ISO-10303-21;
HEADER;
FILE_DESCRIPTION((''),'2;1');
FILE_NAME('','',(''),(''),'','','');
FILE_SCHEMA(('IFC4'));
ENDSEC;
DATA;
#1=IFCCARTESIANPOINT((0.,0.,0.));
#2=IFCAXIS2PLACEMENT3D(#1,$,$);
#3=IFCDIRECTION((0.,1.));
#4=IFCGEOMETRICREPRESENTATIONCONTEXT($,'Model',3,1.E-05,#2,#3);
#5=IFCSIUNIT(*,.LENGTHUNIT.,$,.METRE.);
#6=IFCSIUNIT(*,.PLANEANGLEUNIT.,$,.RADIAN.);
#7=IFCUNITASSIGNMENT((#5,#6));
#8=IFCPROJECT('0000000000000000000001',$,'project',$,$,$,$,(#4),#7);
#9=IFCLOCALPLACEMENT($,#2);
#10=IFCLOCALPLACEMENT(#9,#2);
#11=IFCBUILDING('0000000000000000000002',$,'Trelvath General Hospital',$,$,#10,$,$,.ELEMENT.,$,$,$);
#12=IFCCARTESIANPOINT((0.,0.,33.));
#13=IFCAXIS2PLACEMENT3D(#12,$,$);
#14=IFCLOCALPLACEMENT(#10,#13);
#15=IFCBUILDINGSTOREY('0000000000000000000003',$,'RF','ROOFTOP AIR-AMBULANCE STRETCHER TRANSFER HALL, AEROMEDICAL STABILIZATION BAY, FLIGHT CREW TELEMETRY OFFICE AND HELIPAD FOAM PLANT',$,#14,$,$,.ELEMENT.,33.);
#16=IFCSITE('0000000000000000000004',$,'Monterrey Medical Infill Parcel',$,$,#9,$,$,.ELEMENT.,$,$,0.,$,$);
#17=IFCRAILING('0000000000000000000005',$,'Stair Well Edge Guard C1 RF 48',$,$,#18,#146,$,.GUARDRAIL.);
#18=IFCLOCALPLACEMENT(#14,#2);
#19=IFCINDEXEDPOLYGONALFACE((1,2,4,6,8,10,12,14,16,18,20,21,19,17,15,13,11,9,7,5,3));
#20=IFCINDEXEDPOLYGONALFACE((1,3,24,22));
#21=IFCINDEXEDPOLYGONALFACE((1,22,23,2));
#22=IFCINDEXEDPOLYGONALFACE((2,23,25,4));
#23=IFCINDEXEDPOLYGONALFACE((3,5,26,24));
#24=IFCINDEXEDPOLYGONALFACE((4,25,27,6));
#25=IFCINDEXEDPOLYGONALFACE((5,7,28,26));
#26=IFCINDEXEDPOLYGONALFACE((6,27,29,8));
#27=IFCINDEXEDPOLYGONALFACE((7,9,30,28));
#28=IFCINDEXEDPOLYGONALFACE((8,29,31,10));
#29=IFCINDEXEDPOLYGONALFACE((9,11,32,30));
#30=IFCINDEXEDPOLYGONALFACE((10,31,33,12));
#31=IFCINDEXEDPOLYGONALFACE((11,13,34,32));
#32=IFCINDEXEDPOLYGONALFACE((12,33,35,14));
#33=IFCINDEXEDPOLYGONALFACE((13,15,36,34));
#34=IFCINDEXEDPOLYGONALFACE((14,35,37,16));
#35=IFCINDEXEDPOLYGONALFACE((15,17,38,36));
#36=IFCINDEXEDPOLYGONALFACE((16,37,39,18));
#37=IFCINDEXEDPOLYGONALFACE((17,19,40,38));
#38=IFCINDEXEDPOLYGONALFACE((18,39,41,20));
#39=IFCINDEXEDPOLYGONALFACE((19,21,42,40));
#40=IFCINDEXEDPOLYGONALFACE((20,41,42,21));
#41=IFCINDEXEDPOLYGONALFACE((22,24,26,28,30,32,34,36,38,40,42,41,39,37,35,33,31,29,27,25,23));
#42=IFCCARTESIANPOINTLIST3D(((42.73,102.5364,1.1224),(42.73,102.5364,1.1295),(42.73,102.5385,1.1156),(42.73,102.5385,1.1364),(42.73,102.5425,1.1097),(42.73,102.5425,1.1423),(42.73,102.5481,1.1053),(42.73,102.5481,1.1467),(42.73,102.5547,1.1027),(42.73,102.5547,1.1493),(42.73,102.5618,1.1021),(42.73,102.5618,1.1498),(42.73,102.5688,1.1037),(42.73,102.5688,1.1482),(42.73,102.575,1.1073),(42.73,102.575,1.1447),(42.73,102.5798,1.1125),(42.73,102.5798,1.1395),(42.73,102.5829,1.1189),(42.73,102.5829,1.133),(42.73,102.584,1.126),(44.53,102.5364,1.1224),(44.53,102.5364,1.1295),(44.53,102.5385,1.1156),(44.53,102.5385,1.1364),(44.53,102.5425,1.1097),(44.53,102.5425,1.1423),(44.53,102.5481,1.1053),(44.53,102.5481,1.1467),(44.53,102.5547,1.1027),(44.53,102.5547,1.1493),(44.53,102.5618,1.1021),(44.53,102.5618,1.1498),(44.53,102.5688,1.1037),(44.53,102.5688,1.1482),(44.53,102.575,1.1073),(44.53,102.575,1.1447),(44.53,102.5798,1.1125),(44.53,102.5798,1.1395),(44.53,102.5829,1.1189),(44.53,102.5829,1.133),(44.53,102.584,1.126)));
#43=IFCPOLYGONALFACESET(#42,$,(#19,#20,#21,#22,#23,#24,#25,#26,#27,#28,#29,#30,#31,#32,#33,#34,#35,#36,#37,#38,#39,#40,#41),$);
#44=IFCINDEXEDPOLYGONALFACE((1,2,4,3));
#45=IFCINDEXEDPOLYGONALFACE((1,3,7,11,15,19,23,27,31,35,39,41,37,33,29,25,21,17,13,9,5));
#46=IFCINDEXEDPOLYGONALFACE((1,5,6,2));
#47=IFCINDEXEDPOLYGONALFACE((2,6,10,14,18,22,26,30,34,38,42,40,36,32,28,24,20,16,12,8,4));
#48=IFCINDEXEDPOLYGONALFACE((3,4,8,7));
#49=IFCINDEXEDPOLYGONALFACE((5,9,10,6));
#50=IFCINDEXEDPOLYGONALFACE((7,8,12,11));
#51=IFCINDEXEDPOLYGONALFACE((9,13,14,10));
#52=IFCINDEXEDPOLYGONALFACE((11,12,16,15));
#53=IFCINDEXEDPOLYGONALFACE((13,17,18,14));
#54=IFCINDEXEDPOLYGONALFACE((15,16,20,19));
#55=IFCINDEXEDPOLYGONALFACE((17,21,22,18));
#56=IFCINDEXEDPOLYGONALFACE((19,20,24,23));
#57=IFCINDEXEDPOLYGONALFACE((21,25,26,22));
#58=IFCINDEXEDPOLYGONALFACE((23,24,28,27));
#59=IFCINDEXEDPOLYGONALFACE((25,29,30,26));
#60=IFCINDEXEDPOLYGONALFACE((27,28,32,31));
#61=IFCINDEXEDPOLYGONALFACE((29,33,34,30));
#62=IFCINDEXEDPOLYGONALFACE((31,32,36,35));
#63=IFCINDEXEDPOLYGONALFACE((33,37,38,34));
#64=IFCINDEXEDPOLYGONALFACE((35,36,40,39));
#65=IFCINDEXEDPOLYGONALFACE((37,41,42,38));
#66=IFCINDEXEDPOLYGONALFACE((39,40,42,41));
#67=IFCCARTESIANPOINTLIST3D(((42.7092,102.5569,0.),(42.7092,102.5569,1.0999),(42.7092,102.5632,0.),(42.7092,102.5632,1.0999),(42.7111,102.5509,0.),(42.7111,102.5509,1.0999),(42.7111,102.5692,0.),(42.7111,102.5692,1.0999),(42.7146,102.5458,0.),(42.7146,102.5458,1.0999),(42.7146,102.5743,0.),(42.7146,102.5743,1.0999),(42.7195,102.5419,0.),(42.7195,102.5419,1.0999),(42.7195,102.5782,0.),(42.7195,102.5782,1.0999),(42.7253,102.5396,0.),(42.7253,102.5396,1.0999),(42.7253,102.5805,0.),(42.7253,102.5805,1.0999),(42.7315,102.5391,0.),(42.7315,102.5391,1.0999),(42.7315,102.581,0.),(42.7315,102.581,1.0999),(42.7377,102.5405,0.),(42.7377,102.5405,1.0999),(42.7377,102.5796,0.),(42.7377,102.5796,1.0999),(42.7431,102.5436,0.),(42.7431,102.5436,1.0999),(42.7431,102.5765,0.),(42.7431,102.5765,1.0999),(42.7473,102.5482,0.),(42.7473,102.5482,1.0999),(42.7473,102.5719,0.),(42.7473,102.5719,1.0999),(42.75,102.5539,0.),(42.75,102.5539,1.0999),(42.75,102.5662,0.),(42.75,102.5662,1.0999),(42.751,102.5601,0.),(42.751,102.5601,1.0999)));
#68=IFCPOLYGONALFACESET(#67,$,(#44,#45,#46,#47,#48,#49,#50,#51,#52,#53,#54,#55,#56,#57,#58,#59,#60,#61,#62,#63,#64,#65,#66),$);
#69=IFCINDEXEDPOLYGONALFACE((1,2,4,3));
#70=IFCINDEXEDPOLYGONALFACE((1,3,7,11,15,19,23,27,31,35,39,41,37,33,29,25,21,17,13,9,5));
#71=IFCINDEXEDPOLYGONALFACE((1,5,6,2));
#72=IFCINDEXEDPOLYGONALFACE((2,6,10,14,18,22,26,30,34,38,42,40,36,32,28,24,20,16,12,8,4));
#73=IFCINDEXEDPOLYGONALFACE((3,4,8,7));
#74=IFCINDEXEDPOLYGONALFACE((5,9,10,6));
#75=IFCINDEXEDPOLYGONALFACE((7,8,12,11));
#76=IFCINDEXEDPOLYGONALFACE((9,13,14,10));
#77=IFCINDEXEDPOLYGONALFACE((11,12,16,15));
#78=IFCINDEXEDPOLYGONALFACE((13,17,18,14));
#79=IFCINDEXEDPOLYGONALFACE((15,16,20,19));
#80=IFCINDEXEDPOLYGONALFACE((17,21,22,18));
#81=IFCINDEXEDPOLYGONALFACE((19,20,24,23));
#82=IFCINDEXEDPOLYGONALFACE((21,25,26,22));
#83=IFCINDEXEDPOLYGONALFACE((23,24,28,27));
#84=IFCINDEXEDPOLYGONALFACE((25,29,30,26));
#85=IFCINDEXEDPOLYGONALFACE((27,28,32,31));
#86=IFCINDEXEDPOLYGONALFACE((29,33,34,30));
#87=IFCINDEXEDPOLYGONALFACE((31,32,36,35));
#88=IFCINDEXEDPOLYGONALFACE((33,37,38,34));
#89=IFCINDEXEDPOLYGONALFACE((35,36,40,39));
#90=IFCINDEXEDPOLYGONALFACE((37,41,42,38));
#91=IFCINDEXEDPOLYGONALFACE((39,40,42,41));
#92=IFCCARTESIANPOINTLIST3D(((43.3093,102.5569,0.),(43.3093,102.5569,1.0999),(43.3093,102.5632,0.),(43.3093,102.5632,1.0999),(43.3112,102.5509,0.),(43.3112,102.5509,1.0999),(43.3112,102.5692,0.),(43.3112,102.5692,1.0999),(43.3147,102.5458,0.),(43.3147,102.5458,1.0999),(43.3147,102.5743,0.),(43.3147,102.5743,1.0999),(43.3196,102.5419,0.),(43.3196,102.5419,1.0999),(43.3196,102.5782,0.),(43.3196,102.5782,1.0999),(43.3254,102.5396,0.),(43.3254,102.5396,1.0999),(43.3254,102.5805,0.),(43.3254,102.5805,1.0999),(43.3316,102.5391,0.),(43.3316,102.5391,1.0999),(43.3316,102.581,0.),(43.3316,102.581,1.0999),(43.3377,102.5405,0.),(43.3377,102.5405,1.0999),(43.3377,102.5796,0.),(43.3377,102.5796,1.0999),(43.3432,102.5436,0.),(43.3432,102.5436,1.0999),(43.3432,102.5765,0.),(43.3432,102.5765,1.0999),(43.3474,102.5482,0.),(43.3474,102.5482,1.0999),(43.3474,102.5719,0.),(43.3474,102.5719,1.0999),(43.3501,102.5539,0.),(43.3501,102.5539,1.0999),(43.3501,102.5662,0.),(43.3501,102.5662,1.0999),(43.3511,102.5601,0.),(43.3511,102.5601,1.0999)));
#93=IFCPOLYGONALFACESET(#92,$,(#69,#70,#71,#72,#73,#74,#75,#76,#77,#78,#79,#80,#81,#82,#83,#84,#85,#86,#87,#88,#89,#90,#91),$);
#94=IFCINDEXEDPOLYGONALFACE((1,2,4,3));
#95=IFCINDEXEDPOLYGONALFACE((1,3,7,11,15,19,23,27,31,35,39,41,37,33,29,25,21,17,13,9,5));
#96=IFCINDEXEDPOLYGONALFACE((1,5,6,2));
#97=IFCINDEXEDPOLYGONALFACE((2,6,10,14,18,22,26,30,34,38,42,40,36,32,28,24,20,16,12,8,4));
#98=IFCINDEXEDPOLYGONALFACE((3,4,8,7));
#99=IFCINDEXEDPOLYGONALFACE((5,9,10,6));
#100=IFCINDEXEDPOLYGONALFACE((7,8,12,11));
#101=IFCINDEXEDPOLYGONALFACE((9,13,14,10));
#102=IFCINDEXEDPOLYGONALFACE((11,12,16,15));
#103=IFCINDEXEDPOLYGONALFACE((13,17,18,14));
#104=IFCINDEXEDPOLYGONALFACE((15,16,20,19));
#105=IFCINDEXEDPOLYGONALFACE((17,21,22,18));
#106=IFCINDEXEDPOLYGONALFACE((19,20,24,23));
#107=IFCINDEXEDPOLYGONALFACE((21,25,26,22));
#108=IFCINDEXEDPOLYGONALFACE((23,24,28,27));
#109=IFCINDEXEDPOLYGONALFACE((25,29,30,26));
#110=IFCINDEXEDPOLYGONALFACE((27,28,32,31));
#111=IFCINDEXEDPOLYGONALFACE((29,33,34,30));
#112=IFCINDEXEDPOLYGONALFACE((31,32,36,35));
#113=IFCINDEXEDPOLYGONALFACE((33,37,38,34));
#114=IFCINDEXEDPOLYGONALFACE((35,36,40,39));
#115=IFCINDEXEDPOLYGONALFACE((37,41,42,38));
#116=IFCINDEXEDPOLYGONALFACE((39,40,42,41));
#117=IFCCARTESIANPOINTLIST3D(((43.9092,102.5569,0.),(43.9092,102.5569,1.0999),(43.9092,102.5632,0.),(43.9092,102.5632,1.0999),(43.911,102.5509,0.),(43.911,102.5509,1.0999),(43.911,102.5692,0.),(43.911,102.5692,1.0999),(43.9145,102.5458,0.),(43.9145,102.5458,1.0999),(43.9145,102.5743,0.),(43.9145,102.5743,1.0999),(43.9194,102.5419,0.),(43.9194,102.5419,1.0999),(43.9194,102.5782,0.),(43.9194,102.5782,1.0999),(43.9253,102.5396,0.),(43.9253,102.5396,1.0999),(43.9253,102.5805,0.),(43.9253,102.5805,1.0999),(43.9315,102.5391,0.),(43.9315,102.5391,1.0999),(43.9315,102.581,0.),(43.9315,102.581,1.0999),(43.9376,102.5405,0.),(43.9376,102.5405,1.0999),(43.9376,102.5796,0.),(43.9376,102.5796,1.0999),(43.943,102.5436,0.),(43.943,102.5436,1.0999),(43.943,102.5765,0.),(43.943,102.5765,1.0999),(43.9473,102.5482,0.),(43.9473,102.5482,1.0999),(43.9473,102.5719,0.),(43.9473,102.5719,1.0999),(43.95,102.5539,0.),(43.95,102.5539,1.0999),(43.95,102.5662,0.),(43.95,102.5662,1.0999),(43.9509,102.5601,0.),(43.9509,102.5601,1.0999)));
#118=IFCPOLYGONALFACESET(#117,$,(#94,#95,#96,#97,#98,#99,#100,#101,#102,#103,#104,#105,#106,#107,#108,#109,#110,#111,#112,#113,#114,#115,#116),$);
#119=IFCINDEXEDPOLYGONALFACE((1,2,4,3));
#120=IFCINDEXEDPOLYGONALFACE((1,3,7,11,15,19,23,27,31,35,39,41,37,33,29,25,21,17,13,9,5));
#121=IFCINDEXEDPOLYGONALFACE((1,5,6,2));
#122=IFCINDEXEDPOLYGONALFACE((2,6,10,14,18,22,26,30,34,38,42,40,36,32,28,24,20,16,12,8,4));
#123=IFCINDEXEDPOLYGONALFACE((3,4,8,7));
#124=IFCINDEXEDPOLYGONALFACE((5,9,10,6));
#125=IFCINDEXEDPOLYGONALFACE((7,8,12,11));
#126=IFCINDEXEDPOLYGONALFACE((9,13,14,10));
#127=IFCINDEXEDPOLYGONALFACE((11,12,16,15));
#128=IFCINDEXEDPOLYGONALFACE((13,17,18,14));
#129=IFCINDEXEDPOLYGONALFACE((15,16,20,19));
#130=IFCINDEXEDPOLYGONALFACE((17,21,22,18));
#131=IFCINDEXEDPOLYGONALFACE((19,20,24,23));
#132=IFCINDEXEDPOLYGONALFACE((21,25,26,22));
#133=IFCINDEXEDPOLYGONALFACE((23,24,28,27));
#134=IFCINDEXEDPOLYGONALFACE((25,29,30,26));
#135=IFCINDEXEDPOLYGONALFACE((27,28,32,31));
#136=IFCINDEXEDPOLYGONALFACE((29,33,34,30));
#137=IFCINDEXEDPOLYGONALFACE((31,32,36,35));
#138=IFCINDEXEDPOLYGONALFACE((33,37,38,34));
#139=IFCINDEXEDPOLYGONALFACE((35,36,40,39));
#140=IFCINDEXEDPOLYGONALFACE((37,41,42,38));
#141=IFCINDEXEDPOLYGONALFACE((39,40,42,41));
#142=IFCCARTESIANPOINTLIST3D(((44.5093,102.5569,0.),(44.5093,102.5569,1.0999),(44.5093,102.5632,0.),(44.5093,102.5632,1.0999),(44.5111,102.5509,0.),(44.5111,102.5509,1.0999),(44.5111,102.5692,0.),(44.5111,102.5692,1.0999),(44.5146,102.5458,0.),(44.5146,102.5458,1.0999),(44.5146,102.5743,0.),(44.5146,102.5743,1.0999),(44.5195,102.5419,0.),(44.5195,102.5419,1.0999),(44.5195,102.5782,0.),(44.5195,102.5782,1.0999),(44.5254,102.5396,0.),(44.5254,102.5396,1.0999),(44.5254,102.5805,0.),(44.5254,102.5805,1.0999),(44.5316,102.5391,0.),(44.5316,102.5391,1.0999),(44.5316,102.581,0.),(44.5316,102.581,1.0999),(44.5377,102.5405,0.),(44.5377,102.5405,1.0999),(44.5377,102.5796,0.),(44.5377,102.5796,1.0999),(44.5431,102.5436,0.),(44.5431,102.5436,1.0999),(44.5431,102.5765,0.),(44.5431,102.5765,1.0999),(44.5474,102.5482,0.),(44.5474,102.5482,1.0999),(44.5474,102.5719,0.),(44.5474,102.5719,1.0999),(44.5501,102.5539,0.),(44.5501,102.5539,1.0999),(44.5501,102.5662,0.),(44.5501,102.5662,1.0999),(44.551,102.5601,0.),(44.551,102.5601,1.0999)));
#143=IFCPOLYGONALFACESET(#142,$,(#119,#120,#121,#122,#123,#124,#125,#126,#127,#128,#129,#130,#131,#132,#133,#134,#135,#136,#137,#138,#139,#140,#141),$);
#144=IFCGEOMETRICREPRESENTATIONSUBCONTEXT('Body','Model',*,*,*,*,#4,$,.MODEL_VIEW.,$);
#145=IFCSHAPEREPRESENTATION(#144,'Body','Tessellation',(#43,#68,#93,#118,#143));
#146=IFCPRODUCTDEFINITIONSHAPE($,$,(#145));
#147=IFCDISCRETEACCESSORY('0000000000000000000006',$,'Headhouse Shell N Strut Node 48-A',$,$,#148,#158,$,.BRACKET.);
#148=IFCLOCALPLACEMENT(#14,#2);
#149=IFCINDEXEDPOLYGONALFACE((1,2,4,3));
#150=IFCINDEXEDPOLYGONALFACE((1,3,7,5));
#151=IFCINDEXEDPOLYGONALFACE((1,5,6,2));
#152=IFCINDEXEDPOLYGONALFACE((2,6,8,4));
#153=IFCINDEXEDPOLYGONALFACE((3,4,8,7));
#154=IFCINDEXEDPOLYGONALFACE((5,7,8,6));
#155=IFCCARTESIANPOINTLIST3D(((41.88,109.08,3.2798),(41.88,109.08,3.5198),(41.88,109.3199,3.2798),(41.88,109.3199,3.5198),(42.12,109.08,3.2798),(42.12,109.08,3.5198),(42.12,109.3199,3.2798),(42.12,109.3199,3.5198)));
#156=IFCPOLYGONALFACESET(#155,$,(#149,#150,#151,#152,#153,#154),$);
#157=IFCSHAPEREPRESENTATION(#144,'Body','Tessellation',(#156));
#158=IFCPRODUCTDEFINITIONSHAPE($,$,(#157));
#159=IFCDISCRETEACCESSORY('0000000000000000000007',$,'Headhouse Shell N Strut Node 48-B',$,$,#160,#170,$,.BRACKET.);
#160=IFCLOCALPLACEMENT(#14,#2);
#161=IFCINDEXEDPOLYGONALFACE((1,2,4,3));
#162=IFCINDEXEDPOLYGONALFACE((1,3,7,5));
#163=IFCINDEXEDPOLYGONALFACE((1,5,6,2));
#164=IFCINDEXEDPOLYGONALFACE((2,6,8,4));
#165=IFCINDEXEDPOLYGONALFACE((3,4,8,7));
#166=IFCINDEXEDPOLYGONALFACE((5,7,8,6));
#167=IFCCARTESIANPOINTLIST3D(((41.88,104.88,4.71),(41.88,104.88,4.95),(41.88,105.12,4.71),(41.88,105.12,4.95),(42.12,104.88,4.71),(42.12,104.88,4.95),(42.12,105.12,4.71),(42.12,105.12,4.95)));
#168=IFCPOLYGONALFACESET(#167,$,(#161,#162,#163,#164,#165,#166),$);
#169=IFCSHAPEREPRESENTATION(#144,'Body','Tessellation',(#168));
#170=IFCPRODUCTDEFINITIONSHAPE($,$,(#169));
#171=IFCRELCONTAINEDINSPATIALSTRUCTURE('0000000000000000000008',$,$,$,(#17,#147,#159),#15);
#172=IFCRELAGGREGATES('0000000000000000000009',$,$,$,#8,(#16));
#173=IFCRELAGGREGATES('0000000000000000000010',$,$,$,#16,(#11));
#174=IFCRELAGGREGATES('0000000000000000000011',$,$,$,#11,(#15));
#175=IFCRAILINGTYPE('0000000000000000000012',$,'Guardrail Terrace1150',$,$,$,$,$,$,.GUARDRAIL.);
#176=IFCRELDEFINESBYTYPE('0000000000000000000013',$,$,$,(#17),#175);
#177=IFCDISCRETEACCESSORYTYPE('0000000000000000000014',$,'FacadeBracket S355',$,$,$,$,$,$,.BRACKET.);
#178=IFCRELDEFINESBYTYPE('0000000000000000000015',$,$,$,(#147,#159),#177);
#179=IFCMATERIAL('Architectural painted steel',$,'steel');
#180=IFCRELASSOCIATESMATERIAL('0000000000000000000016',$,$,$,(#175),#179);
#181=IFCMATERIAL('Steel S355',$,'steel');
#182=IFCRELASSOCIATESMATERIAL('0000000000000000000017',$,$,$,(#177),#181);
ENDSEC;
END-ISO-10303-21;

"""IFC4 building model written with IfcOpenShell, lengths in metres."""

from ifc_helpers import new_model, si_unit, direction, frame, origin, origin_2d, place, context, subcontext, project, spatial, rectangle, circle, extrude, material, type_object, element, save


model = new_model("IFC4")

# Units and contexts
model_context = context("Model", 3, precision=1e-05, world=origin(), true_north=direction((0.0, 1.0)))
body_context = subcontext(model_context, "Body", "Model", "MODEL_VIEW")
ifc_project = project(units=[si_unit("LENGTHUNIT", "METRE"), si_unit("PLANEANGLEUNIT", "RADIAN")], contexts=[model_context])

# Site, building, storey
site_placement = place(None, origin())
site = spatial("IfcSite", under=ifc_project, at=site_placement, Name="Monterrey Medical Infill Parcel", CompositionType="ELEMENT", RefElevation=0.0)
building_placement = place(site_placement, origin())
building = spatial("IfcBuilding", under=site, at=building_placement, Name="Trelvath General Hospital", CompositionType="ELEMENT")
storey_placement = place(building_placement, frame((0.0, 0.0, 33.0)))
storey = spatial("IfcBuildingStorey", under=building, at=storey_placement, Name="RF", Description="ROOFTOP AIR-AMBULANCE STRETCHER TRANSFER HALL, AEROMEDICAL STABILIZATION BAY, FLIGHT CREW TELEMETRY OFFICE AND HELIPAD FOAM PLANT", CompositionType="ELEMENT", Elevation=33.0)

# Railing
ifc_material_1 = material(Name="Architectural painted steel", Category="steel")
railing_type = type_object("IfcRailingType", Name="Guardrail Terrace1150", PredefinedType="GUARDRAIL", material=ifc_material_1)
railing_placement = place(storey_placement, frame((42.73, 102.5601, 0.0)))
element("IfcRailing", 1, at=railing_placement, inside=storey, type_object=railing_type, Name="Stair Well Edge Guard C1 RF 48", PredefinedType="GUARDRAIL", context=body_context, shape_type="SweptSolid", body=[
    extrude(circle(Radius=0.0239, at=origin_2d()), frame((0.0, 0.0, 1.126), z_axis=(1.0, 0.0, 0.0), x_axis=(0.0, 1.0, 0.0)), (0.0, 0.0, 1.0), 1.8),
    extrude(circle(Radius=0.021, at=origin_2d()), origin(), (0.0, 0.0, 1.0), 1.0999),
    extrude(circle(Radius=0.021, at=origin_2d()), frame((0.6001, 0.0, 0.0)), (0.0, 0.0, 1.0), 1.0999),
    extrude(circle(Radius=0.021, at=origin_2d()), frame((1.2, 0.0, 0.0)), (0.0, 0.0, 1.0), 1.0999),
    extrude(circle(Radius=0.021, at=origin_2d()), frame((1.8, 0.0, 0.0)), (0.0, 0.0, 1.0), 1.0999),
])

# Discrete accessories
ifc_material_2 = material(Name="Steel S355", Category="steel")
discrete_accessory_type = type_object("IfcDiscreteAccessoryType", Name="FacadeBracket S355", PredefinedType="BRACKET", material=ifc_material_2)
for number, where, z_axis, x_axis, name in (
    (2, (42.0, 109.2, 3.2798), (0.0, 0.0, 1.0), (1.0, 0.0, 0.0), "Headhouse Shell N Strut Node 48-A"),
    (3, (42.0, 105.0, 4.71), (0.0, 0.0, 1.0), (1.0, 0.0, 0.0), "Headhouse Shell N Strut Node 48-B"),
):
    element("IfcDiscreteAccessory", number, at=place(storey_placement, frame(where, z_axis=z_axis, x_axis=x_axis)), inside=storey, type_object=discrete_accessory_type, Name=name, PredefinedType="BRACKET", context=body_context, shape_type="SweptSolid", body=[
        extrude(rectangle(XDim=0.24, YDim=0.24, at=origin_2d()), origin(), (0.0, 0.0, 1.0), 0.24),
    ])

save(model, "model.ifc")
